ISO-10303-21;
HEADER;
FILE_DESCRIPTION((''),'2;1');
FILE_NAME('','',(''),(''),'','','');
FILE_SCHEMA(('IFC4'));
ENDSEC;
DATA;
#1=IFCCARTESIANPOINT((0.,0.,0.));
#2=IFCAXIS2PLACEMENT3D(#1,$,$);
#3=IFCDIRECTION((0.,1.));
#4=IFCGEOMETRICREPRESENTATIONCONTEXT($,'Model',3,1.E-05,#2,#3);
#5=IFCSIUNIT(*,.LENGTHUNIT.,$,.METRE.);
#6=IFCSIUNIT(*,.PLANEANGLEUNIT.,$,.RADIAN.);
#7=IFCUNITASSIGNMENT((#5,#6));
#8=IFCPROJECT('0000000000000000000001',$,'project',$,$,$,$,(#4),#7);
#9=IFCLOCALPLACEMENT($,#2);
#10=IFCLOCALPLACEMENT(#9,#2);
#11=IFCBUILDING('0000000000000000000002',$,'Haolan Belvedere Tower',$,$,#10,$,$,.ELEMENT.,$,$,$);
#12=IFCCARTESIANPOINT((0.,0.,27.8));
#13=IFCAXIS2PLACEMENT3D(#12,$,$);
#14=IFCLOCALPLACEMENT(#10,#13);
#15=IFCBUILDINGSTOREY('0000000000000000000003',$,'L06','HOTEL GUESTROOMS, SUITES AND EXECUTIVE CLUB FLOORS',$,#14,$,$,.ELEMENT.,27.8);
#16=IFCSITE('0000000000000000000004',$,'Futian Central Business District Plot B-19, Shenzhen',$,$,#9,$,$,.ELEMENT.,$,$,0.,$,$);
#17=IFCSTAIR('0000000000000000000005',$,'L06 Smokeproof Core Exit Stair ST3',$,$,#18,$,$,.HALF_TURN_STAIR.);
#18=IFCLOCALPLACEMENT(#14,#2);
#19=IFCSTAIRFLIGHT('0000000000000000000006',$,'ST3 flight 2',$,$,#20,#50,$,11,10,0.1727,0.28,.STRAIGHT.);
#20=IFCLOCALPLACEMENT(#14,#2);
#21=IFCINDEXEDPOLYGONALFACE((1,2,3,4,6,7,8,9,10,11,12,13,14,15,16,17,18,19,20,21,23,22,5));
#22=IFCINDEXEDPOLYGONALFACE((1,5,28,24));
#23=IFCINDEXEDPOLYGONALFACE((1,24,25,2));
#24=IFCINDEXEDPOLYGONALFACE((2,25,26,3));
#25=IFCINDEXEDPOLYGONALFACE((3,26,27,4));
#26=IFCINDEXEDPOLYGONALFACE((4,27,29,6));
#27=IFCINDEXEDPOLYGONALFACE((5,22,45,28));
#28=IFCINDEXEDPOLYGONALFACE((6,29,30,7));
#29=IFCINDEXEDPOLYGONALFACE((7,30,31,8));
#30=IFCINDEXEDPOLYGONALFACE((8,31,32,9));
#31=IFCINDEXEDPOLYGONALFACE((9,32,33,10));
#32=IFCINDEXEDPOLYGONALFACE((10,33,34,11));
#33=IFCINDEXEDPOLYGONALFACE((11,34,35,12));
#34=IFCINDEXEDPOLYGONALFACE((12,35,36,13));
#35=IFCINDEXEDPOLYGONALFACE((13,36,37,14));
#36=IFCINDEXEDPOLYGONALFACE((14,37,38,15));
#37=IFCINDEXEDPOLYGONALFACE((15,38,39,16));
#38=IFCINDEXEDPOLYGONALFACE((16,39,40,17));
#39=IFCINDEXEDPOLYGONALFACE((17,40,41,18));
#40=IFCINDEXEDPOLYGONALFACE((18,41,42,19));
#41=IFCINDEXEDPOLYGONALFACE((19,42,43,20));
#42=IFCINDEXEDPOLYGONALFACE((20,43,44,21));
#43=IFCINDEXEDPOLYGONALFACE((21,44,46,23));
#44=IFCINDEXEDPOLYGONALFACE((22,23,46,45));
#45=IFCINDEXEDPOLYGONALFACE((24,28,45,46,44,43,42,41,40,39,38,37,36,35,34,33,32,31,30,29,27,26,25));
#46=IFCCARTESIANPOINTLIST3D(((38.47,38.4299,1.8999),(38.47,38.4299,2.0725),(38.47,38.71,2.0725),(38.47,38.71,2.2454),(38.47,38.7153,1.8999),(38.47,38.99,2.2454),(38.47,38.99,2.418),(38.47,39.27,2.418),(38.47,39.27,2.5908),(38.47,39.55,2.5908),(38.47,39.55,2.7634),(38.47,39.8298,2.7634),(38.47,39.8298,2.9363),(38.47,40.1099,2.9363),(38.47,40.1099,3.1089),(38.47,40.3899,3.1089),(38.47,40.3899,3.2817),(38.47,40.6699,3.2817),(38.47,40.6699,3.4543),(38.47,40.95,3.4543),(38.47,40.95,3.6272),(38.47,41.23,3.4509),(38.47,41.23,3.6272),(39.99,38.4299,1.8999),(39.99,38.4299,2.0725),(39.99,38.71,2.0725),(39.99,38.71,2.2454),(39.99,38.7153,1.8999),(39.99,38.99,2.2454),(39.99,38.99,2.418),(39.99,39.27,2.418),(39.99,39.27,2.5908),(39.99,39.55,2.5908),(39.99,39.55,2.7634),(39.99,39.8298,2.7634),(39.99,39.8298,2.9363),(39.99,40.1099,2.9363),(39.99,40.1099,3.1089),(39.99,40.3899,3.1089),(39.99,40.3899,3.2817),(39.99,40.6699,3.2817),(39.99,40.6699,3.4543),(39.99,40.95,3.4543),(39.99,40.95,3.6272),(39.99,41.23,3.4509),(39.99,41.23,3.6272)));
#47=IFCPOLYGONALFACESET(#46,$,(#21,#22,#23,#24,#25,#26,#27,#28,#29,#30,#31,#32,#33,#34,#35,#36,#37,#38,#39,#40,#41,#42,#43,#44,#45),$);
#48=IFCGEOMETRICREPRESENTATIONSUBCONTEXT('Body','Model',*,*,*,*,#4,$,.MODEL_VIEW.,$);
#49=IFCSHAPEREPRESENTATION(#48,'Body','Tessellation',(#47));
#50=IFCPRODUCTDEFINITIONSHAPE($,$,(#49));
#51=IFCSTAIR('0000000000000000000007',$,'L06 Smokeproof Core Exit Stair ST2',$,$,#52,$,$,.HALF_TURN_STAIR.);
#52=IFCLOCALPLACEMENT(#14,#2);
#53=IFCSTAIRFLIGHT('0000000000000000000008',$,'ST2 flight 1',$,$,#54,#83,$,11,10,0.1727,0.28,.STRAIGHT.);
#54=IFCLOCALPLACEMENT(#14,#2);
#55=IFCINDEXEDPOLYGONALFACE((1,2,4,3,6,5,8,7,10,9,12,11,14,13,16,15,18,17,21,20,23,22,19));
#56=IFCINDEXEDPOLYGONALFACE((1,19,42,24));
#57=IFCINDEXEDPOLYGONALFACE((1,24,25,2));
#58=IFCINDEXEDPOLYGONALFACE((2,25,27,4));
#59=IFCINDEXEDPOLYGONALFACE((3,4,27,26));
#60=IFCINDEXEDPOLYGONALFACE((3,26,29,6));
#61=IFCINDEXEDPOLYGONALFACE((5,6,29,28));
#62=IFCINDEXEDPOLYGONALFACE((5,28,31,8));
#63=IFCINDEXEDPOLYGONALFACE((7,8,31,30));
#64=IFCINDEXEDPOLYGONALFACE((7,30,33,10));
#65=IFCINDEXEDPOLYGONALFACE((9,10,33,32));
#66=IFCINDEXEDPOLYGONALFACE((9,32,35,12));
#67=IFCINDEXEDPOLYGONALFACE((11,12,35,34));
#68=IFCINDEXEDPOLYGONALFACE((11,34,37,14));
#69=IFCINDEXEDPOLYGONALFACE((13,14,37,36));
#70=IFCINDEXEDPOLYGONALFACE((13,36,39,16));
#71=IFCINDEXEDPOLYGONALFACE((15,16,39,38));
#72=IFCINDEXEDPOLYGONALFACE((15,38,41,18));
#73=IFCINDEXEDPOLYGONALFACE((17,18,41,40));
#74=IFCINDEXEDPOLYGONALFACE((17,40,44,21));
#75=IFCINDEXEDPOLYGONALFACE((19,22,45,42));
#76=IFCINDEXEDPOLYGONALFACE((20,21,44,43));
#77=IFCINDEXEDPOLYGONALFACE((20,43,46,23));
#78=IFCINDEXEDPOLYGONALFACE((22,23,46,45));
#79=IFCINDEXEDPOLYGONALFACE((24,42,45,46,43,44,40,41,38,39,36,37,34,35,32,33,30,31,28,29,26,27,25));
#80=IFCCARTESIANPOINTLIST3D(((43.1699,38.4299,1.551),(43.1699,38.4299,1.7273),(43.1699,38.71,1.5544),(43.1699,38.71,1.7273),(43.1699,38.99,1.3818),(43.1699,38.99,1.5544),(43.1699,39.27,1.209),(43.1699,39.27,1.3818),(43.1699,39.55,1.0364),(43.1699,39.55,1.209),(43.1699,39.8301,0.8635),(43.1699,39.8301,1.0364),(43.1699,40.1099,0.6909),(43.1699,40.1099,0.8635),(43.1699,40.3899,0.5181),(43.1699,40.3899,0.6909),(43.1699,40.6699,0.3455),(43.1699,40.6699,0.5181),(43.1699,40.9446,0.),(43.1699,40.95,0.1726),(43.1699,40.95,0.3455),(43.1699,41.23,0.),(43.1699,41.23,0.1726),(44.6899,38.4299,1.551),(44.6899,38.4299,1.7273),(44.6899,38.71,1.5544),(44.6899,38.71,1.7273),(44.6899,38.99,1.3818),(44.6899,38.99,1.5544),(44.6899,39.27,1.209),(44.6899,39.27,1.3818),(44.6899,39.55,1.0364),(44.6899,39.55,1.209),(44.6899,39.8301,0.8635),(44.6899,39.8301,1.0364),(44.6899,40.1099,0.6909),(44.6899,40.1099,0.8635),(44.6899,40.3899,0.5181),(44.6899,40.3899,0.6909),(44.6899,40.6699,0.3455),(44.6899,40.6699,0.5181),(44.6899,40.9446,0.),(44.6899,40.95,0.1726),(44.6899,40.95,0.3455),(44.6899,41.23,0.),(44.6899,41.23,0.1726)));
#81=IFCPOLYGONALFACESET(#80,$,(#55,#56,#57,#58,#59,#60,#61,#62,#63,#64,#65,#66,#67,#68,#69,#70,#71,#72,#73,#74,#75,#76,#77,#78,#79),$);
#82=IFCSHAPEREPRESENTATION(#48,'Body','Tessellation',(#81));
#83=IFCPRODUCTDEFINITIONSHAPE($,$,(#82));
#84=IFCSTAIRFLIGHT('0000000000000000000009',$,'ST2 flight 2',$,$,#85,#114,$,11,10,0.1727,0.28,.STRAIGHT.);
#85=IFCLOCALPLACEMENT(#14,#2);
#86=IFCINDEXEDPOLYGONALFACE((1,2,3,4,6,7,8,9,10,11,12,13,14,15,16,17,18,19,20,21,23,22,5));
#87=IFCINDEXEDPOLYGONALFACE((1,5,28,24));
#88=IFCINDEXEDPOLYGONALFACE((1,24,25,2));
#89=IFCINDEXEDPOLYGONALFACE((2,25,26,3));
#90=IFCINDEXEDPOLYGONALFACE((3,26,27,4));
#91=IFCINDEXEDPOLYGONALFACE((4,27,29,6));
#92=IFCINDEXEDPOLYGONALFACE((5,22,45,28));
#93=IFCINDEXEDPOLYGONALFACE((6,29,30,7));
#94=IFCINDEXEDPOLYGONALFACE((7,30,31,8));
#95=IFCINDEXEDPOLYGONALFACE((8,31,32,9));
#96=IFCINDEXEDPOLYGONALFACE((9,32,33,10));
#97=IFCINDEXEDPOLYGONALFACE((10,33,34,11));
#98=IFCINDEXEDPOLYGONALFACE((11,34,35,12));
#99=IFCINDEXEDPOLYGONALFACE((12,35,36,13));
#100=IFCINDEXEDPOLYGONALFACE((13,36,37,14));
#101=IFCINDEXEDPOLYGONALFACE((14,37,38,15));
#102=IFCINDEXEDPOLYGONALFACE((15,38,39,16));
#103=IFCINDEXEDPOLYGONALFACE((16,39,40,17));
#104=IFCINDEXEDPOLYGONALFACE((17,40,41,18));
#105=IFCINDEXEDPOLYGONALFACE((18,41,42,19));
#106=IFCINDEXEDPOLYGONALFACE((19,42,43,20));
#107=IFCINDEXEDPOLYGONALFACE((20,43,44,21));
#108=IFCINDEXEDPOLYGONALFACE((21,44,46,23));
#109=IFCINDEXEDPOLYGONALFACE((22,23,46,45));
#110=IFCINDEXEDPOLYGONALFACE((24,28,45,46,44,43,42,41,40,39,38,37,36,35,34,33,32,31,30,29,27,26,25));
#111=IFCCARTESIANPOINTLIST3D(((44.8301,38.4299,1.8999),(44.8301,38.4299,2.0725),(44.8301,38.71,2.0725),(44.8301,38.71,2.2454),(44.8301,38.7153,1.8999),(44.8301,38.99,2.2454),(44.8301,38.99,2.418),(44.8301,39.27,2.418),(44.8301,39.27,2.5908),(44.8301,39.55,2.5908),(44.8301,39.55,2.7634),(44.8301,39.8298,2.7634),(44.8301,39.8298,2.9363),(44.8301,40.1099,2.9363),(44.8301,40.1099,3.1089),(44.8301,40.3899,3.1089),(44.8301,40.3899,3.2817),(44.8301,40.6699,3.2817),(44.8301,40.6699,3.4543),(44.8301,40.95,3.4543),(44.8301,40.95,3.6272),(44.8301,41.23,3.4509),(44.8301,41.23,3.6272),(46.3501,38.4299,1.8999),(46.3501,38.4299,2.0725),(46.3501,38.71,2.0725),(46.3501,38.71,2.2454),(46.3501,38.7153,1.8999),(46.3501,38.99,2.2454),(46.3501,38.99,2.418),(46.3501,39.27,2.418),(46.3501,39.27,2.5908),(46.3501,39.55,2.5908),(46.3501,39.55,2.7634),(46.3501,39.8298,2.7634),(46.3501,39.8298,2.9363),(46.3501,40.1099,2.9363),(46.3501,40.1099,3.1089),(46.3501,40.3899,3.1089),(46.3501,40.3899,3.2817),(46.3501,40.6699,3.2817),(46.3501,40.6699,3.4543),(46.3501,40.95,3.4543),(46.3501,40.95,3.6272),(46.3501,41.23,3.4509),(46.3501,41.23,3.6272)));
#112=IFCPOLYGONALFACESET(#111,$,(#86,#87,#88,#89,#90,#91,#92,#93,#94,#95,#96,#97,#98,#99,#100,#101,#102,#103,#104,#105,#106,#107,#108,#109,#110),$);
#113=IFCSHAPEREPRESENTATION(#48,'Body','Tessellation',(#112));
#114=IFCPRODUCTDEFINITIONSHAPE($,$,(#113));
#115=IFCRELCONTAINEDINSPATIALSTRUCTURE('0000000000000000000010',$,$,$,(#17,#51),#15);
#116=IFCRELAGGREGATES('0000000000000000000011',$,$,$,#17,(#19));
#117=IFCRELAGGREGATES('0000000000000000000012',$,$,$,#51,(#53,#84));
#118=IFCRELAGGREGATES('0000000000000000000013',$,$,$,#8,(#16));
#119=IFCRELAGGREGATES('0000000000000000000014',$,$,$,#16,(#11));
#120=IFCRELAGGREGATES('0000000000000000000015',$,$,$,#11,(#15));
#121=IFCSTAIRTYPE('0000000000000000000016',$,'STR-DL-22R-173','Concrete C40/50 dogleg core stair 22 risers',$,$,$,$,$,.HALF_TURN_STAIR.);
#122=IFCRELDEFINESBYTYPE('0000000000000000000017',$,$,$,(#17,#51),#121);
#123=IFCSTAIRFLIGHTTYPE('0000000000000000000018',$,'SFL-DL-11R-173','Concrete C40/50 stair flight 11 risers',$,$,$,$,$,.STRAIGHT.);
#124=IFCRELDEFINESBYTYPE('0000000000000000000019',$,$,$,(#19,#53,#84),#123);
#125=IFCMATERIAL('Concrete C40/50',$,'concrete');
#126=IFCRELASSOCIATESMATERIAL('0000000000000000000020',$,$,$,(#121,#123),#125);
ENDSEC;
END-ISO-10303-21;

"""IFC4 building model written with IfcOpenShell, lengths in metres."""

from ifc_helpers import new_model, si_unit, direction, frame, origin, place, context, subcontext, project, spatial, polyline, outline, extrude, material, type_object, element, aggregate, save


model = new_model("IFC4")

# Units and contexts
model_context = context("Model", 3, precision=1e-05, world=origin(), true_north=direction((0.0, 1.0)))
body_context = subcontext(model_context, "Body", "Model", "MODEL_VIEW")
ifc_project = project(units=[si_unit("LENGTHUNIT", "METRE"), si_unit("PLANEANGLEUNIT", "RADIAN")], contexts=[model_context])

# Site, building, storey
site_placement = place(None, origin())
site = spatial("IfcSite", under=ifc_project, at=site_placement, Name="Futian Central Business District Plot B-19, Shenzhen", CompositionType="ELEMENT", RefElevation=0.0)
building_placement = place(site_placement, origin())
building = spatial("IfcBuilding", under=site, at=building_placement, Name="Haolan Belvedere Tower", CompositionType="ELEMENT")
storey_placement = place(building_placement, frame((0.0, 0.0, 27.8)))
storey = spatial("IfcBuildingStorey", under=building, at=storey_placement, Name="L06", Description="HOTEL GUESTROOMS, SUITES AND EXECUTIVE CLUB FLOORS", CompositionType="ELEMENT", Elevation=27.8)

# Stairs, stair flights
ifc_material_1 = material(Name="Concrete C40/50", Category="concrete")
stair_type = type_object("IfcStairType", Name="STR-DL-22R-173", Description="Concrete C40/50 dogleg core stair 22 risers", PredefinedType="HALF_TURN_STAIR", material=ifc_material_1)
stair_1_placement = place(storey_placement, origin())
stair_1 = element("IfcStair", 1, at=stair_1_placement, inside=storey, type_object=stair_type, Name="L06 Smokeproof Core Exit Stair ST3", PredefinedType="HALF_TURN_STAIR")
stair_flight_type = type_object("IfcStairFlightType", Name="SFL-DL-11R-173", Description="Concrete C40/50 stair flight 11 risers", PredefinedType="STRAIGHT", material=ifc_material_1)
stair_flight_1_placement = place(storey_placement, frame((39.23, 38.4299, 1.8999), z_axis=(0.0, 0.0, 1.0), x_axis=(0.0, 1.0, 0.0)))
stair_flight_1 = element("IfcStairFlight", 2, at=stair_flight_1_placement, type_object=stair_flight_type, Name="ST3 flight 2", NumberOfRisers=11, NumberOfTreads=10, PredefinedType="STRAIGHT", RiserHeight=0.1727, TreadLength=0.28, context=body_context, shape_type="SweptSolid", body=[
    extrude(outline(polyline([(0.0, 0.0), (0.0, 0.1726), (0.28, 0.1726), (0.28, 0.3455), (0.5601, 0.3455), (0.5601, 0.5181), (0.8401, 0.5181), (0.8401, 0.6909), (1.1201, 0.6909), (1.1201, 0.8635), (1.3999, 0.8635), (1.3999, 1.0364), (1.6799, 1.0364), (1.6799, 1.209), (1.96, 1.209), (1.96, 1.3818), (2.24, 1.3818), (2.24, 1.5544), (2.52, 1.5544), (2.52, 1.7273), (2.8, 1.7273), (2.8, 1.8999), (2.8, 1.551), (0.2854, 0.0), (0.0, 0.0)])), frame((0.0, 0.76, 0.0), z_axis=(0.0, -1.0, 0.0), x_axis=(1.0, 0.0, 0.0)), (0.0, 0.0, 1.0), 1.52),
])
aggregate(stair_1, [stair_flight_1])
stair_2_placement = place(storey_placement, origin())
stair_2 = element("IfcStair", 3, at=stair_2_placement, inside=storey, type_object=stair_type, Name="L06 Smokeproof Core Exit Stair ST2", PredefinedType="HALF_TURN_STAIR")
stair_flight_2_placement = place(storey_placement, frame((43.9299, 41.23, 0.0), z_axis=(0.0, 0.0, 1.0), x_axis=(0.0, -1.0, 0.0)))
stair_flight_2 = element("IfcStairFlight", 4, at=stair_flight_2_placement, type_object=stair_flight_type, Name="ST2 flight 1", NumberOfRisers=11, NumberOfTreads=10, PredefinedType="STRAIGHT", RiserHeight=0.1727, TreadLength=0.28, context=body_context, shape_type="SweptSolid", body=[
    extrude(outline(polyline([(0.0, 0.0), (0.0, 0.1726), (0.28, 0.1726), (0.28, 0.3455), (0.5601, 0.3455), (0.5601, 0.5181), (0.8401, 0.5181), (0.8401, 0.6909), (1.1201, 0.6909), (1.1201, 0.8635), (1.3999, 0.8635), (1.3999, 1.0364), (1.6799, 1.0364), (1.6799, 1.209), (1.96, 1.209), (1.96, 1.3818), (2.24, 1.3818), (2.24, 1.5544), (2.52, 1.5544), (2.52, 1.7273), (2.8, 1.7273), (2.8, 1.8999), (2.8, 1.551), (0.2854, 0.0), (0.0, 0.0)])), frame((0.0, 0.76, 0.0), z_axis=(0.0, -1.0, 0.0), x_axis=(1.0, 0.0, 0.0)), (0.0, 0.0, 1.0), 1.52),
])
stair_flight_3_placement = place(storey_placement, frame((45.5901, 38.4299, 1.8999), z_axis=(0.0, 0.0, 1.0), x_axis=(0.0, 1.0, 0.0)))
stair_flight_3 = element("IfcStairFlight", 5, at=stair_flight_3_placement, type_object=stair_flight_type, Name="ST2 flight 2", NumberOfRisers=11, NumberOfTreads=10, PredefinedType="STRAIGHT", RiserHeight=0.1727, TreadLength=0.28, context=body_context, shape_type="SweptSolid", body=[
    extrude(outline(polyline([(0.0, 0.0), (0.0, 0.1726), (0.28, 0.1726), (0.28, 0.3455), (0.5601, 0.3455), (0.5601, 0.5181), (0.8401, 0.5181), (0.8401, 0.6909), (1.1201, 0.6909), (1.1201, 0.8635), (1.3999, 0.8635), (1.3999, 1.0364), (1.6799, 1.0364), (1.6799, 1.209), (1.96, 1.209), (1.96, 1.3818), (2.24, 1.3818), (2.24, 1.5544), (2.52, 1.5544), (2.52, 1.7273), (2.8, 1.7273), (2.8, 1.8999), (2.8, 1.551), (0.2854, 0.0), (0.0, 0.0)])), frame((0.0, 0.76, 0.0), z_axis=(0.0, -1.0, 0.0), x_axis=(1.0, 0.0, 0.0)), (0.0, 0.0, 1.0), 1.52),
])
aggregate(stair_2, [stair_flight_2, stair_flight_3])

save(model, "model.ifc")
